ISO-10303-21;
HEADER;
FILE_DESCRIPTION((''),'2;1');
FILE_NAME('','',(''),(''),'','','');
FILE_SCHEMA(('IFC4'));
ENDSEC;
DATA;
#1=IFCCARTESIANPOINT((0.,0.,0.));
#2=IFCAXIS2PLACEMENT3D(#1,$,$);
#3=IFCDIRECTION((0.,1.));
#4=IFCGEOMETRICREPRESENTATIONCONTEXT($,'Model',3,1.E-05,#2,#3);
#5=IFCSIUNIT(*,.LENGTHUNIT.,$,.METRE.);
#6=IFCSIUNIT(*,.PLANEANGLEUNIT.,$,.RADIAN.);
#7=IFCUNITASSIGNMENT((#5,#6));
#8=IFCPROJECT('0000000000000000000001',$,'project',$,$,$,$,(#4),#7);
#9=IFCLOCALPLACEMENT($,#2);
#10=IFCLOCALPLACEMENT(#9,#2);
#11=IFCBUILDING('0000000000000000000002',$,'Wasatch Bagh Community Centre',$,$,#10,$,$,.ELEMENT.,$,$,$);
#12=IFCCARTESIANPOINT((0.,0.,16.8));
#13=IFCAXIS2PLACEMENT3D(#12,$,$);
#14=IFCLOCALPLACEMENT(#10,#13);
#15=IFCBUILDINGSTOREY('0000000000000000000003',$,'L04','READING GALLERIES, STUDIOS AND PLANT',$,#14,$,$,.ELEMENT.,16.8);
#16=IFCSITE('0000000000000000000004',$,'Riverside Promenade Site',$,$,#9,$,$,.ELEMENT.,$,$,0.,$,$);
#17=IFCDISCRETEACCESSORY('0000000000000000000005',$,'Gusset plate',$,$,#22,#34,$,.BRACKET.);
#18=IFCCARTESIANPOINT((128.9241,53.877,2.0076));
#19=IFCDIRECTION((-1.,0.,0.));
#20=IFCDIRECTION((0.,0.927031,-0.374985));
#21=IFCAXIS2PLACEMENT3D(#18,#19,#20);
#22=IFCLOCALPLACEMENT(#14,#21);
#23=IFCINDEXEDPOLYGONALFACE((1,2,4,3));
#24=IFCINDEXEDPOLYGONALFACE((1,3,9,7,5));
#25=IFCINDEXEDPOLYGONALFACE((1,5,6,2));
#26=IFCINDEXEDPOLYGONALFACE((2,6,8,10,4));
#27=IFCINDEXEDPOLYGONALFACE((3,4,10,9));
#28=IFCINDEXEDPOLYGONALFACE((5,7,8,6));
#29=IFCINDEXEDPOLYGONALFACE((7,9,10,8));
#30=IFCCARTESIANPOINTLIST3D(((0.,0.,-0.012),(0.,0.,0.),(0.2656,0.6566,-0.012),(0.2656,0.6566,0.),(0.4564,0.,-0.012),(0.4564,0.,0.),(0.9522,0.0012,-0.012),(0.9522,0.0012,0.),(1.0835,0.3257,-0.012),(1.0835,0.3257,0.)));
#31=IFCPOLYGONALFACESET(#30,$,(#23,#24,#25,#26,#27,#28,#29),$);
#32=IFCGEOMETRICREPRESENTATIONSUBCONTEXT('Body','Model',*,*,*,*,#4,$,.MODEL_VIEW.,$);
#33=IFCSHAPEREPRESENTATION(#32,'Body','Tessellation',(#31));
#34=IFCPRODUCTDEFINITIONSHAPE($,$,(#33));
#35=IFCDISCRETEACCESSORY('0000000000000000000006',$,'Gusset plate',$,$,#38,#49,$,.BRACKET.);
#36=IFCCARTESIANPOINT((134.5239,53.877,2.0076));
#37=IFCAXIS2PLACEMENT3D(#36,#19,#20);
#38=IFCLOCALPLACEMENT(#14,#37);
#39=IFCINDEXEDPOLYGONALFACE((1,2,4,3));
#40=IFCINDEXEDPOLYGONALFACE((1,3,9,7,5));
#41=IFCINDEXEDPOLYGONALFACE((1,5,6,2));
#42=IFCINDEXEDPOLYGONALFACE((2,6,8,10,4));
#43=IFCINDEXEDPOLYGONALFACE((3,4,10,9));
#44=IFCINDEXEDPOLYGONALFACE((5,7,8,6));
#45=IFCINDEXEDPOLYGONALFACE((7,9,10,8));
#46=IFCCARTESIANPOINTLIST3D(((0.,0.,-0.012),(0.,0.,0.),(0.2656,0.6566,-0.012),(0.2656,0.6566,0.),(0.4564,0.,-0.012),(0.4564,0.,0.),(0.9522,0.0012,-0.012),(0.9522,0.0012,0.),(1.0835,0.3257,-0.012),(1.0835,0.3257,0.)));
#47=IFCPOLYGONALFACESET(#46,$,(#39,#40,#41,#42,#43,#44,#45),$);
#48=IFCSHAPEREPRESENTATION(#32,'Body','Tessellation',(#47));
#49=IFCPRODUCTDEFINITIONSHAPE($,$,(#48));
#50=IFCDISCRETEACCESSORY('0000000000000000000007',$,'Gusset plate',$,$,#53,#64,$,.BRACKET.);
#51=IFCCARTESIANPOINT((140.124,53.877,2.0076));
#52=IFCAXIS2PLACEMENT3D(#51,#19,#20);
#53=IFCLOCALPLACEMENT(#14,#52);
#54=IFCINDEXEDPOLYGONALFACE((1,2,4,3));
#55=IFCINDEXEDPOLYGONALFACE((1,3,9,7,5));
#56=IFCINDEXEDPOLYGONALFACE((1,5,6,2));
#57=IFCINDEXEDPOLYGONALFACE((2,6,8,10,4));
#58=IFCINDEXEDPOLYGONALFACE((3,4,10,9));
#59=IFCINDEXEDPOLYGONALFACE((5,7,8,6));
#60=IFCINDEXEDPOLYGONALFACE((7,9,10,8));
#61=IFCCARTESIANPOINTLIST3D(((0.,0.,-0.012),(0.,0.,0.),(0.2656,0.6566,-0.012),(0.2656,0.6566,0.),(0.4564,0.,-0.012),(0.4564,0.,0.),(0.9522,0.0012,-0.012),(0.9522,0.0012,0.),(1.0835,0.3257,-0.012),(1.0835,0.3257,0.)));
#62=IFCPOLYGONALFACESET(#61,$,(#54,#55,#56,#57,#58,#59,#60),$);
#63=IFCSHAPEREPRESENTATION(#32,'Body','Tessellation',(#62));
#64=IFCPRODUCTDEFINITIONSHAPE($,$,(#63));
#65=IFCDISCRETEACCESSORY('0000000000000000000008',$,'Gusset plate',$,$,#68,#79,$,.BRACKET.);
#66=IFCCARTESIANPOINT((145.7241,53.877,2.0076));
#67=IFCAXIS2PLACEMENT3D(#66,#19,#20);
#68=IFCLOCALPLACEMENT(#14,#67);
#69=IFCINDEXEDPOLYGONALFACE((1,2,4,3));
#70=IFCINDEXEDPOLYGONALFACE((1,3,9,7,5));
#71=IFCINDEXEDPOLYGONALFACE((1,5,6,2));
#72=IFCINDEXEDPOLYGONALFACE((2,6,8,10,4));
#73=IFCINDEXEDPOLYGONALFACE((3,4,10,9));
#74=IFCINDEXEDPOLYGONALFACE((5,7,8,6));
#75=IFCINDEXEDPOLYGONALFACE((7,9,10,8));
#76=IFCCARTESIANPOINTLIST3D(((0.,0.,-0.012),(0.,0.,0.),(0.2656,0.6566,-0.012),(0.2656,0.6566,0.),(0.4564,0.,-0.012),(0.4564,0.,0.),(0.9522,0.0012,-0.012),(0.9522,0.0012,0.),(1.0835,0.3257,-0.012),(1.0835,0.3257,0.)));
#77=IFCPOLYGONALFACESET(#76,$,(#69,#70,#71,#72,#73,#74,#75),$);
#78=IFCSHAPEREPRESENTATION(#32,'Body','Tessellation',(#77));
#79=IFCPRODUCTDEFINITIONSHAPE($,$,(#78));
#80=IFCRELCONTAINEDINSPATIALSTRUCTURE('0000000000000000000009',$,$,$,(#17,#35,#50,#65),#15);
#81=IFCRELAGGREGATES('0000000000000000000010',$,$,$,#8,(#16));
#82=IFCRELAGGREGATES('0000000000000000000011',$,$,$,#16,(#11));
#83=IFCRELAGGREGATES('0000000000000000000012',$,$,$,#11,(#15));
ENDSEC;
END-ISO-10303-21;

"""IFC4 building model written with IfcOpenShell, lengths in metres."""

from ifc_helpers import new_model, si_unit, direction, frame, origin, place, context, subcontext, project, spatial, polyline, outline, extrude, element, save


model = new_model("IFC4")

# Units and contexts
model_context = context("Model", 3, precision=1e-05, world=origin(), true_north=direction((0.0, 1.0)))
body_context = subcontext(model_context, "Body", "Model", "MODEL_VIEW")
ifc_project = project(units=[si_unit("LENGTHUNIT", "METRE"), si_unit("PLANEANGLEUNIT", "RADIAN")], contexts=[model_context])

# Site, building, storey
site_placement = place(None, origin())
site = spatial("IfcSite", under=ifc_project, at=site_placement, Name="Riverside Promenade Site", CompositionType="ELEMENT", RefElevation=0.0)
building_placement = place(site_placement, origin())
building = spatial("IfcBuilding", under=site, at=building_placement, Name="Wasatch Bagh Community Centre", CompositionType="ELEMENT")
storey_placement = place(building_placement, frame((0.0, 0.0, 16.8)))
storey = spatial("IfcBuildingStorey", under=building, at=storey_placement, Name="L04", Description="READING GALLERIES, STUDIOS AND PLANT", CompositionType="ELEMENT", Elevation=16.8)

# Discrete accessories
for number, where, z_axis, x_axis, name in (
    (1, (128.9241, 53.877, 2.0076), (-1.0, 0.0, 0.0), (0.0, 0.927031, -0.374985), "Gusset plate"),
    (2, (134.5239, 53.877, 2.0076), (-1.0, 0.0, 0.0), (0.0, 0.927031, -0.374985), "Gusset plate"),
    (3, (140.124, 53.877, 2.0076), (-1.0, 0.0, 0.0), (0.0, 0.927031, -0.374985), "Gusset plate"),
    (4, (145.7241, 53.877, 2.0076), (-1.0, 0.0, 0.0), (0.0, 0.927031, -0.374985), "Gusset plate"),
):
    element("IfcDiscreteAccessory", number, at=place(storey_placement, frame(where, z_axis=z_axis, x_axis=x_axis)), inside=storey, Name=name, PredefinedType="BRACKET", context=body_context, shape_type="SweptSolid", body=[
        extrude(outline(polyline([(0.0, 0.0), (0.4564, 0.0), (0.9522, 0.0012), (1.0835, 0.3257), (0.2656, 0.6566), (0.0, 0.0)])), origin(), (0.0, 0.0, -1.0), 0.012),
    ])

save(model, "model.ifc")
